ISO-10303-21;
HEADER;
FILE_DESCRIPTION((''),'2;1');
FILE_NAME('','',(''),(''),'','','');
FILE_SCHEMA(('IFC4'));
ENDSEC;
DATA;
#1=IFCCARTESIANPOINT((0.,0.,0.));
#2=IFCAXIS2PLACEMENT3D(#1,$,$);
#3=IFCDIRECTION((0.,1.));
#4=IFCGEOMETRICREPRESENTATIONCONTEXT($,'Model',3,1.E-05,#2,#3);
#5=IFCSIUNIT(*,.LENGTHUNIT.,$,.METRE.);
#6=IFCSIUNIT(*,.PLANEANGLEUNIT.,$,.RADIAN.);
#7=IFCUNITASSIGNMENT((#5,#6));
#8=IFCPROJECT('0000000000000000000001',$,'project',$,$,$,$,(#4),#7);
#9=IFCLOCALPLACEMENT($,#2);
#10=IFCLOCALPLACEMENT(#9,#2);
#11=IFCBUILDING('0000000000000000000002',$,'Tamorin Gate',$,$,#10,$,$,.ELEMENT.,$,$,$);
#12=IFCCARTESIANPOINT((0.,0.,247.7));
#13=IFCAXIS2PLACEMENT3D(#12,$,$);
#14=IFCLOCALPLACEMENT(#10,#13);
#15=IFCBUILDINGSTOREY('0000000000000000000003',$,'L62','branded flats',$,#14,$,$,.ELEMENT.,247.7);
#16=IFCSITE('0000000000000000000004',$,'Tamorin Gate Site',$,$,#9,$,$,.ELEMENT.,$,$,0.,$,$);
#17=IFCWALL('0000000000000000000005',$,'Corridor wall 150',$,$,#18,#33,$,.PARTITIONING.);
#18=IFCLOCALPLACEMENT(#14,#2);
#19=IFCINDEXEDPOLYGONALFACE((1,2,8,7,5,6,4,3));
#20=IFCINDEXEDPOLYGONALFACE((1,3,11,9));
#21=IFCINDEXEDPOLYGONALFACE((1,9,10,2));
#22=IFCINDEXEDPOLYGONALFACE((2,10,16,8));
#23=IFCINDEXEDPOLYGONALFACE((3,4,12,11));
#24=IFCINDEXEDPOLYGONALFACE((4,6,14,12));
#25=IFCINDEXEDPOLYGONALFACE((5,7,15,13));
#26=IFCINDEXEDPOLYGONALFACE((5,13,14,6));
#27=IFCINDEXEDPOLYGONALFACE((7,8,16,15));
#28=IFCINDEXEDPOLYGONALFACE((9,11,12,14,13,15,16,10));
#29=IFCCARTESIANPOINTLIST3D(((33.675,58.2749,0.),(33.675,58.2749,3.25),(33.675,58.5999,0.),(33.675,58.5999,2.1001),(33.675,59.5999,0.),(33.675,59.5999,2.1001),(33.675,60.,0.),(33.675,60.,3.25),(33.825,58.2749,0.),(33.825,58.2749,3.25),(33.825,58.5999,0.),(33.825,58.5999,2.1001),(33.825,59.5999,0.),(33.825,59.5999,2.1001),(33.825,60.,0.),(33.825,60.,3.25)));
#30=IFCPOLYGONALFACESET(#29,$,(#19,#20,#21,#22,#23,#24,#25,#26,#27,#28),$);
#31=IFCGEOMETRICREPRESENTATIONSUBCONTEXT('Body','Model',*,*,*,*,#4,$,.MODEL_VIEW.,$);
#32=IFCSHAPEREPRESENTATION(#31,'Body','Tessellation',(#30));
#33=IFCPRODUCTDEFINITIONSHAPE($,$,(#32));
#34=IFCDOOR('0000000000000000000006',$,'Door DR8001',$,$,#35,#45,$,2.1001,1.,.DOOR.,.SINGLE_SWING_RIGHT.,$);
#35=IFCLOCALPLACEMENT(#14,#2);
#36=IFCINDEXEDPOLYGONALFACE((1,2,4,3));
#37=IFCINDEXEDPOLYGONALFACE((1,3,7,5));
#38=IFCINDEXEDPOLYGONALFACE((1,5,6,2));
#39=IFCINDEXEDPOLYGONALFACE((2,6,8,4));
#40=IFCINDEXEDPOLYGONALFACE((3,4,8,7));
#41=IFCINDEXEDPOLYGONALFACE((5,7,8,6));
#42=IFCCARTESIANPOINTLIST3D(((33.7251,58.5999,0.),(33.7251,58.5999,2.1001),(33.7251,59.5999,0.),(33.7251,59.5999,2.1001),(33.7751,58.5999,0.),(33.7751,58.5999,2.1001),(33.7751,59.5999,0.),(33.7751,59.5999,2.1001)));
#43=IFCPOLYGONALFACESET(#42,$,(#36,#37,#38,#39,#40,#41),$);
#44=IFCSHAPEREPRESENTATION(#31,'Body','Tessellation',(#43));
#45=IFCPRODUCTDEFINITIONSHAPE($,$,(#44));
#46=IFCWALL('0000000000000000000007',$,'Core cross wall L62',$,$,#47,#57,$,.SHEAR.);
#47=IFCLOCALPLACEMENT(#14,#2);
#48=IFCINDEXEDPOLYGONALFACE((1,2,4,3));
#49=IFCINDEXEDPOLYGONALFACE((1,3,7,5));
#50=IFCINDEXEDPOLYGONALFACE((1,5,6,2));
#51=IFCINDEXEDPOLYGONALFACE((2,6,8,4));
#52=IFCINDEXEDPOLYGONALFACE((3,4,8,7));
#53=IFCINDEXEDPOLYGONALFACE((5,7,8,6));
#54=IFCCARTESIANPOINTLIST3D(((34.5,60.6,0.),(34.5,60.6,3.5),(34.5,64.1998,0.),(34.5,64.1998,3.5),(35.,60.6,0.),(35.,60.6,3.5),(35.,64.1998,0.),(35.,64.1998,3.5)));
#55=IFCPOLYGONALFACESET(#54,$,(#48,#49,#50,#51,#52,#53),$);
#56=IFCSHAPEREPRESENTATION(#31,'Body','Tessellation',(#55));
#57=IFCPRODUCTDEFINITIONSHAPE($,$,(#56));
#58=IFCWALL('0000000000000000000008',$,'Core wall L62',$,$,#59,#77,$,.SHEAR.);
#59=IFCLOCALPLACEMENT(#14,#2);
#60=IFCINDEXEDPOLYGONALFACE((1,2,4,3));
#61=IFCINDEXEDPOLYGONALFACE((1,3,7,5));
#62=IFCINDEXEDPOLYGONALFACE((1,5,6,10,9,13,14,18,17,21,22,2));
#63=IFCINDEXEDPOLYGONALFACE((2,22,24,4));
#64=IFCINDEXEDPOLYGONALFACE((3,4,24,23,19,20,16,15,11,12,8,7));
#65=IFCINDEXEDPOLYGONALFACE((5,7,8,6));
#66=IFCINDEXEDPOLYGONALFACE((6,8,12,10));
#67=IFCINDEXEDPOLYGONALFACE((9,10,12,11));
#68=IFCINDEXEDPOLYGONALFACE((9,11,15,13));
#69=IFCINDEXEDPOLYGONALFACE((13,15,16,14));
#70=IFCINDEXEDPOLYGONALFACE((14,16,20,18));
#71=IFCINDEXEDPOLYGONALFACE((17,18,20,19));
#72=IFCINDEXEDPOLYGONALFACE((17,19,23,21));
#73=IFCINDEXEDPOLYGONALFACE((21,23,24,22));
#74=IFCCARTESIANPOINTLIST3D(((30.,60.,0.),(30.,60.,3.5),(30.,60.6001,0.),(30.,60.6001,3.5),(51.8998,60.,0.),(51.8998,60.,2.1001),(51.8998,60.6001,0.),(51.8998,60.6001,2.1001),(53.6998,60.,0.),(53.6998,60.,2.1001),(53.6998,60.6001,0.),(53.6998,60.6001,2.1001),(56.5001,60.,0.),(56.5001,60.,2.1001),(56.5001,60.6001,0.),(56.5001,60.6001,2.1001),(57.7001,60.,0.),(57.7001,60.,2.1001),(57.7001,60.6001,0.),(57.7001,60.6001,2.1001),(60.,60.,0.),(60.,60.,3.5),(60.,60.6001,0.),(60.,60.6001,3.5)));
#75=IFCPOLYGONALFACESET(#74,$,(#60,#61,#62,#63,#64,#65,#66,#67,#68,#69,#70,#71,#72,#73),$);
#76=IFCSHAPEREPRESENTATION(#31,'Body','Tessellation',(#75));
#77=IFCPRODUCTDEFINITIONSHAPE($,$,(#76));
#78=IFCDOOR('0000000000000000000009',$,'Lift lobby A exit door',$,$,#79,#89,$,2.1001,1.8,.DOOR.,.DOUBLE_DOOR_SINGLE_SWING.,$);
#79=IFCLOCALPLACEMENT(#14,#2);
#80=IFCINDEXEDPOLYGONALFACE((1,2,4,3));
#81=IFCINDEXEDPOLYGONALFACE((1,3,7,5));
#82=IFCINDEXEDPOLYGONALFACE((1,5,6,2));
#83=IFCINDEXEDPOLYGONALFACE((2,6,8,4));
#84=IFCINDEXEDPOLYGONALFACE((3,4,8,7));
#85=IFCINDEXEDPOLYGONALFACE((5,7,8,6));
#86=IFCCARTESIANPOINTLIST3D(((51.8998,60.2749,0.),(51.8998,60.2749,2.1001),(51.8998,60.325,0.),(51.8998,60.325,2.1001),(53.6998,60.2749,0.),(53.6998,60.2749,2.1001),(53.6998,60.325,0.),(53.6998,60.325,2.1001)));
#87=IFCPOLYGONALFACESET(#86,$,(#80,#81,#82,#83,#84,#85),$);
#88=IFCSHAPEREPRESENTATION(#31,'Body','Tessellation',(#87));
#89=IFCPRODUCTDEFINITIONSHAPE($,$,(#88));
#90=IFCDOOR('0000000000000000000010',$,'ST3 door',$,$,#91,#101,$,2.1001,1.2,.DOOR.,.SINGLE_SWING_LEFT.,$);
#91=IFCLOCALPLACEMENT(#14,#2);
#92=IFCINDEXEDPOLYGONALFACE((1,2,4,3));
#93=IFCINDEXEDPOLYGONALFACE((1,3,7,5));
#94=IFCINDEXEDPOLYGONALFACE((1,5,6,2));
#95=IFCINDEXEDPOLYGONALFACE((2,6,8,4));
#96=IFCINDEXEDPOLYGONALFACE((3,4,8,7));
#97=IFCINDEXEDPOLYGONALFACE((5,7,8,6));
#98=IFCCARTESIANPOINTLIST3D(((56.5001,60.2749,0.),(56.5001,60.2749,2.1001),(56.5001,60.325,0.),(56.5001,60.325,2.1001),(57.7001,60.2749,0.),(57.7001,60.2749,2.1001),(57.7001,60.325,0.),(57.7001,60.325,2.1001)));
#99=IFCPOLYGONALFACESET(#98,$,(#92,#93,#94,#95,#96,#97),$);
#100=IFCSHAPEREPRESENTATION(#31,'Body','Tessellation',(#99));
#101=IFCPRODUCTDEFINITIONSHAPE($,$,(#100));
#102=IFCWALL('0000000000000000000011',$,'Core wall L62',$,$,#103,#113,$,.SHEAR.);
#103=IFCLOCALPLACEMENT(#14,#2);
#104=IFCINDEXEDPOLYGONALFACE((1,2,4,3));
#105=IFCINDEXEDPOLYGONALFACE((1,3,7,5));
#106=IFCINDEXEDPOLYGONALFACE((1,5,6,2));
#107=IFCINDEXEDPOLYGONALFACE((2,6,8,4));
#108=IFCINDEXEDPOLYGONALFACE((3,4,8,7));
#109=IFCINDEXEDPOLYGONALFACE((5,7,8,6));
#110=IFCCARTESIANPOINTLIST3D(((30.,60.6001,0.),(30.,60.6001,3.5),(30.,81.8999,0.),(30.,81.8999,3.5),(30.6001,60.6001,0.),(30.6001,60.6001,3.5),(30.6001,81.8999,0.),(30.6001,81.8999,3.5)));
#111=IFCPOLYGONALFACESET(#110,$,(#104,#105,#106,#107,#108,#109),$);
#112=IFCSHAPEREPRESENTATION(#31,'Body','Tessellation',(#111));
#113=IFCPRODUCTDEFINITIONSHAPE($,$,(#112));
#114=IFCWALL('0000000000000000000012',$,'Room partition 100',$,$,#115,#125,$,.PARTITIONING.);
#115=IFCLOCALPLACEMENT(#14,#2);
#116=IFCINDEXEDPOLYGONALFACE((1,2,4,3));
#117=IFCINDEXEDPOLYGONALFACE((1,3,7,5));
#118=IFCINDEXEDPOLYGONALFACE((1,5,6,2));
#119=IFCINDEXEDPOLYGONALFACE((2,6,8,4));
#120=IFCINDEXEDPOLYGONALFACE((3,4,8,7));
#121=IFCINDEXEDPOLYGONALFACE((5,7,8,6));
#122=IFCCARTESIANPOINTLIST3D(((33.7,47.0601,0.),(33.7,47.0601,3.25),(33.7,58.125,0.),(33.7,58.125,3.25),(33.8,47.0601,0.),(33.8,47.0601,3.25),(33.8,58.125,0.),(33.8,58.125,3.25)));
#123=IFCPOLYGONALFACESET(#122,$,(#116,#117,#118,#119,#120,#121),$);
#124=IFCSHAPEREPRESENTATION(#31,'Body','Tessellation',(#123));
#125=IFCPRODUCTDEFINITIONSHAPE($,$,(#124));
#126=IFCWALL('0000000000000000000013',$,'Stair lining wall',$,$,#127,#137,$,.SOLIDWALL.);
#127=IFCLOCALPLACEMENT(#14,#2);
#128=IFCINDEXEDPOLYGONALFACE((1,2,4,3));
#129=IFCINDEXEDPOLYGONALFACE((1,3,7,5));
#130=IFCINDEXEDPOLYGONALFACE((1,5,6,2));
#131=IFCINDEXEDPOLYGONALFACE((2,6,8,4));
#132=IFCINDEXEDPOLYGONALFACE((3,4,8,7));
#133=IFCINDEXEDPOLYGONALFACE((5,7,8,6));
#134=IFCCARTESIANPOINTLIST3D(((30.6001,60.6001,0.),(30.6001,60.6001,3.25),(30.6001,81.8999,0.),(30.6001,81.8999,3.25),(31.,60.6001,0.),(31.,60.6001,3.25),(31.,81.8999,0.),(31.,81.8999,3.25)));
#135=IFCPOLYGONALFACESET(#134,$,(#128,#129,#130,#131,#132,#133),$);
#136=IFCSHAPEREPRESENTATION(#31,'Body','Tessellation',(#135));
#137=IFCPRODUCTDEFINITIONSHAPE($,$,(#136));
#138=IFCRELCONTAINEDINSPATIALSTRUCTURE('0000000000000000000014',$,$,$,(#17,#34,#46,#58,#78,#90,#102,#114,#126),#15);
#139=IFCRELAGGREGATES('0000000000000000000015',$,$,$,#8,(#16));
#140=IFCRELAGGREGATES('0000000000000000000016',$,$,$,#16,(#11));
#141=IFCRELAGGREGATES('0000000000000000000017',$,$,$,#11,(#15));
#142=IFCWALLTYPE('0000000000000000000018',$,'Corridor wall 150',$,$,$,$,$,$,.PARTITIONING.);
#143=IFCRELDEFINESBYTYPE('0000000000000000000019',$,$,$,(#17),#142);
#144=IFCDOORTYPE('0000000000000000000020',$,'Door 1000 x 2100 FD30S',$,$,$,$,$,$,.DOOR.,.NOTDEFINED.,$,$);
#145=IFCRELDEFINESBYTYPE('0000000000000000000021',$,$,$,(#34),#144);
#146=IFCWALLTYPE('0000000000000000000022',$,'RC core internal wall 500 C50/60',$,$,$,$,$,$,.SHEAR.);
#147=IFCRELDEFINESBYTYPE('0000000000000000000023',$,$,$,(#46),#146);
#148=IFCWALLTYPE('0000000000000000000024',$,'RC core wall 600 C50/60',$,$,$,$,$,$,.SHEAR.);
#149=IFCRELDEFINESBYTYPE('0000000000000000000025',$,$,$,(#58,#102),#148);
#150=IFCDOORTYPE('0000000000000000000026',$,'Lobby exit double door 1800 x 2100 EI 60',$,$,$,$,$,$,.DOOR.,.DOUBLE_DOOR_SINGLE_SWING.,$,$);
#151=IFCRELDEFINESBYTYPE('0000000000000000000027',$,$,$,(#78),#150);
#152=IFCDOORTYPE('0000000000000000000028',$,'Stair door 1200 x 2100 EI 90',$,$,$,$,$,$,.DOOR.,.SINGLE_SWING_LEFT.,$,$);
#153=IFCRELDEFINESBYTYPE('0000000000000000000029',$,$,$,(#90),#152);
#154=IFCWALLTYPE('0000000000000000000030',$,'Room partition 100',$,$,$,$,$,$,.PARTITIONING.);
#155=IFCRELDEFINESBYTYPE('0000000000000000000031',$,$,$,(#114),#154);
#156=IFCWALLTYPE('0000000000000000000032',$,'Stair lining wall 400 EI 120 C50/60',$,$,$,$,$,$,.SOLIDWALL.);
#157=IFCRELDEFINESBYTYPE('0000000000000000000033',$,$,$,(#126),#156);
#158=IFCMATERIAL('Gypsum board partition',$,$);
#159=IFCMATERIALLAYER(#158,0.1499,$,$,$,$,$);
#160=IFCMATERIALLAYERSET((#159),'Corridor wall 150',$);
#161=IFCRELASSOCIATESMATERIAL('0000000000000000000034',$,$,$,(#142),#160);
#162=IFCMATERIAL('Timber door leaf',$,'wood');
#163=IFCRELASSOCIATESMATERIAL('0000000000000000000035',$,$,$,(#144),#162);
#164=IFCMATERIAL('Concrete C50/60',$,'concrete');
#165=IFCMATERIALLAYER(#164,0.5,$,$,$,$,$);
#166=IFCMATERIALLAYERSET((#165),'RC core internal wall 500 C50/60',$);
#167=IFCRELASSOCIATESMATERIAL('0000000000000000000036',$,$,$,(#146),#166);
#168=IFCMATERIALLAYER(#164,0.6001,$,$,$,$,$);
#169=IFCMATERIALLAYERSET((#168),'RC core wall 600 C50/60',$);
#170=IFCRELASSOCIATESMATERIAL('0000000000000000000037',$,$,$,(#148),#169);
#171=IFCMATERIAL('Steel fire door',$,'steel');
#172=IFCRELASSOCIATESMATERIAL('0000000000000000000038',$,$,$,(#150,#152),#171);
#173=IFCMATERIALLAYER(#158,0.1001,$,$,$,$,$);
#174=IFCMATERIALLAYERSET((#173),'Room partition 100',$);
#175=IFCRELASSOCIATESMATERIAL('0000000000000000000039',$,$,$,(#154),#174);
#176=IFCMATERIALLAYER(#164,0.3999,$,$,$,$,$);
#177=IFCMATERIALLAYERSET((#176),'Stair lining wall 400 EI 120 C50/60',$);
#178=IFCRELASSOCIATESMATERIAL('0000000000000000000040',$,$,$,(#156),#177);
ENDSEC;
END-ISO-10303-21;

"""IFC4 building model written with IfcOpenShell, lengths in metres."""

from ifc_helpers import new_model, si_unit, direction, frame, frame_2d, origin, place, context, subcontext, project, spatial, rectangle, extrude, material, layer, layer_set, type_object, element, fill, save


model = new_model("IFC4")

# Units and contexts
model_context = context("Model", 3, precision=1e-05, world=origin(), true_north=direction((0.0, 1.0)))
body_context = subcontext(model_context, "Body", "Model", "MODEL_VIEW")
ifc_project = project(units=[si_unit("LENGTHUNIT", "METRE"), si_unit("PLANEANGLEUNIT", "RADIAN")], contexts=[model_context])

# Site, building, storey
site_placement = place(None, origin())
site = spatial("IfcSite", under=ifc_project, at=site_placement, Name="Tamorin Gate Site", CompositionType="ELEMENT", RefElevation=0.0)
building_placement = place(site_placement, origin())
building = spatial("IfcBuilding", under=site, at=building_placement, Name="Tamorin Gate", CompositionType="ELEMENT")
storey_placement = place(building_placement, frame((0.0, 0.0, 247.7)))
storey = spatial("IfcBuildingStorey", under=building, at=storey_placement, Name="L62", Description="branded flats", CompositionType="ELEMENT", Elevation=247.7)

# Shared definitions
ifc_material_1 = material(Name="Concrete C50/60", Category="concrete")

# Shared definitions
ifc_material_2 = material(Name="Gypsum board partition")
ifc_layer_1 = layer(ifc_material_2, 0.1499)
ifc_layer_set_1 = layer_set([ifc_layer_1], Name="Corridor wall 150")
wall_type_1 = type_object("IfcWallType", Name="Corridor wall 150", PredefinedType="PARTITIONING", material=ifc_layer_set_1)
ifc_material_3 = material(Name="Timber door leaf", Category="wood")
door_type_1 = type_object("IfcDoorType", Name="Door 1000 x 2100 FD30S", OperationType="NOTDEFINED", PredefinedType="DOOR", material=ifc_material_3)

# Wall, opening, door
wall_1_placement = place(storey_placement, frame((33.75, 58.2749, 0.0), z_axis=(0.0, 0.0, 1.0), x_axis=(0.0, 1.0, 0.0)))
wall_1 = element("IfcWall", 1, at=wall_1_placement, inside=storey, type_object=wall_type_1, Name="Corridor wall 150", PredefinedType="PARTITIONING", context=body_context, shape_type="SweptSolid", body=[
    extrude(rectangle(XDim=1.7251, YDim=0.1499, at=frame_2d((0.8625, 0.0))), origin(), (0.0, 0.0, 1.0), 3.25),
])
opening_1_placement = place(wall_1_placement, frame((0.325, 0.0, 0.0)))
opening_1 = element("IfcOpeningElement", 2, at=opening_1_placement, cuts=wall_1, PredefinedType="OPENING", context=body_context, shape_type="SweptSolid", body=[
    extrude(rectangle(XDim=1.0, YDim=2.1001, at=frame_2d((0.5, 1.05))), frame((0.0, 0.085, 0.0), z_axis=(0.0, -1.0, 0.0), x_axis=(1.0, 0.0, 0.0)), (0.0, 0.0, 1.0), 0.1699),
])
door_1_placement = place(opening_1_placement, origin())
door_1 = element("IfcDoor", 3, at=door_1_placement, inside=storey, type_object=door_type_1, Name="Door DR8001", OperationType="SINGLE_SWING_RIGHT", OverallHeight=2.1001, OverallWidth=1.0, PredefinedType="DOOR", context=body_context, shape_type="SweptSolid", body=[
    extrude(rectangle(XDim=1.0, YDim=2.1001, at=frame_2d((0.5, 1.05))), frame((0.0, 0.0249, 0.0), z_axis=(0.0, -1.0, 0.0), x_axis=(1.0, 0.0, 0.0)), (0.0, 0.0, 1.0), 0.05),
])
fill(opening_1, door_1)

# Wall
ifc_layer_2 = layer(ifc_material_1, 0.5)
ifc_layer_set_2 = layer_set([ifc_layer_2], Name="RC core internal wall 500 C50/60")
wall_type_2 = type_object("IfcWallType", Name="RC core internal wall 500 C50/60", PredefinedType="SHEAR", material=ifc_layer_set_2)
wall_2_placement = place(storey_placement, frame((34.75, 60.6001, 0.0), z_axis=(0.0, 0.0, 1.0), x_axis=(0.0, 1.0, 0.0)))
element("IfcWall", 4, at=wall_2_placement, inside=storey, type_object=wall_type_2, Name="Core cross wall L62", PredefinedType="SHEAR", context=body_context, shape_type="SweptSolid", body=[
    extrude(rectangle(XDim=3.5999, YDim=0.5, at=frame_2d((1.7998, 0.0))), origin(), (0.0, 0.0, 1.0), 3.5),
])

# Wall, openings, doors
ifc_layer_3 = layer(ifc_material_1, 0.6001)
ifc_layer_set_3 = layer_set([ifc_layer_3], Name="RC core wall 600 C50/60")
wall_type_3 = type_object("IfcWallType", Name="RC core wall 600 C50/60", PredefinedType="SHEAR", material=ifc_layer_set_3)
wall_3_placement = place(storey_placement, frame((30.0, 60.3, 0.0), z_axis=(0.0, 0.0, 1.0), x_axis=(1.0, 0.0, 0.0)))
wall_3 = element("IfcWall", 5, at=wall_3_placement, inside=storey, type_object=wall_type_3, Name="Core wall L62", PredefinedType="SHEAR", context=body_context, shape_type="SweptSolid", body=[
    extrude(rectangle(XDim=30.0, YDim=0.6001, at=frame_2d((15.0, 0.0))), origin(), (0.0, 0.0, 1.0), 3.5),
])
opening_2_placement = place(wall_3_placement, frame((21.8999, 0.0, 0.0)))
opening_2 = element("IfcOpeningElement", 6, at=opening_2_placement, cuts=wall_3, PredefinedType="OPENING", context=body_context, shape_type="SweptSolid", body=[
    extrude(rectangle(XDim=1.8, YDim=2.1001, at=frame_2d((0.8999, 1.05))), frame((0.0, 0.3101, 0.0), z_axis=(0.0, -1.0, 0.0), x_axis=(1.0, 0.0, 0.0)), (0.0, 0.0, 1.0), 0.6201),
])
opening_3_placement = place(wall_3_placement, frame((26.5, 0.0, 0.0)))
opening_3 = element("IfcOpeningElement", 7, at=opening_3_placement, cuts=wall_3, PredefinedType="OPENING", context=body_context, shape_type="SweptSolid", body=[
    extrude(rectangle(XDim=1.2, YDim=2.1001, at=frame_2d((0.6001, 1.05))), frame((0.0, 0.3101, 0.0), z_axis=(0.0, -1.0, 0.0), x_axis=(1.0, 0.0, 0.0)), (0.0, 0.0, 1.0), 0.6201),
])
ifc_material_4 = material(Name="Steel fire door", Category="steel")
door_type_2 = type_object("IfcDoorType", Name="Lobby exit double door 1800 x 2100 EI 60", OperationType="DOUBLE_DOOR_SINGLE_SWING", PredefinedType="DOOR", material=ifc_material_4)
door_2_placement = place(opening_2_placement, origin())
door_2 = element("IfcDoor", 8, at=door_2_placement, inside=storey, type_object=door_type_2, Name="Lift lobby A exit door", OperationType="DOUBLE_DOOR_SINGLE_SWING", OverallHeight=2.1001, OverallWidth=1.8, PredefinedType="DOOR", context=body_context, shape_type="SweptSolid", body=[
    extrude(rectangle(XDim=1.8, YDim=2.1001, at=frame_2d((0.8999, 1.05))), frame((0.0, 0.0249, 0.0), z_axis=(0.0, -1.0, 0.0), x_axis=(1.0, 0.0, 0.0)), (0.0, 0.0, 1.0), 0.05),
])
fill(opening_2, door_2)
door_type_3 = type_object("IfcDoorType", Name="Stair door 1200 x 2100 EI 90", OperationType="SINGLE_SWING_LEFT", PredefinedType="DOOR", material=ifc_material_4)
door_3_placement = place(opening_3_placement, origin())
door_3 = element("IfcDoor", 9, at=door_3_placement, inside=storey, type_object=door_type_3, Name="ST3 door", OperationType="SINGLE_SWING_LEFT", OverallHeight=2.1001, OverallWidth=1.2, PredefinedType="DOOR", context=body_context, shape_type="SweptSolid", body=[
    extrude(rectangle(XDim=1.2, YDim=2.1001, at=frame_2d((0.6001, 1.05))), frame((0.0, 0.0249, 0.0), z_axis=(0.0, -1.0, 0.0), x_axis=(1.0, 0.0, 0.0)), (0.0, 0.0, 1.0), 0.05),
])
fill(opening_3, door_3)

# Walls
wall_4_placement = place(storey_placement, frame((30.3, 60.6001, 0.0), z_axis=(0.0, 0.0, 1.0), x_axis=(0.0, 1.0, 0.0)))
element("IfcWall", 10, at=wall_4_placement, inside=storey, type_object=wall_type_3, Name="Core wall L62", PredefinedType="SHEAR", context=body_context, shape_type="SweptSolid", body=[
    extrude(rectangle(XDim=21.2998, YDim=0.6001, at=frame_2d((10.6499, 0.0))), origin(), (0.0, 0.0, 1.0), 3.5),
])
ifc_layer_4 = layer(ifc_material_2, 0.1001)
ifc_layer_set_4 = layer_set([ifc_layer_4], Name="Room partition 100")
wall_type_4 = type_object("IfcWallType", Name="Room partition 100", PredefinedType="PARTITIONING", material=ifc_layer_set_4)
wall_5_placement = place(storey_placement, frame((33.75, 47.0601, 0.0), z_axis=(0.0, 0.0, 1.0), x_axis=(0.0, 1.0, 0.0)))
element("IfcWall", 11, at=wall_5_placement, inside=storey, type_object=wall_type_4, Name="Room partition 100", PredefinedType="PARTITIONING", context=body_context, shape_type="SweptSolid", body=[
    extrude(rectangle(XDim=11.0649, YDim=0.1001, at=frame_2d((5.5325, 0.0))), origin(), (0.0, 0.0, 1.0), 3.25),
])
ifc_layer_5 = layer(ifc_material_1, 0.3999)
ifc_layer_set_5 = layer_set([ifc_layer_5], Name="Stair lining wall 400 EI 120 C50/60")
wall_type_5 = type_object("IfcWallType", Name="Stair lining wall 400 EI 120 C50/60", PredefinedType="SOLIDWALL", material=ifc_layer_set_5)
wall_6_placement = place(storey_placement, frame((30.8, 60.6001, 0.0), z_axis=(0.0, 0.0, 1.0), x_axis=(0.0, 1.0, 0.0)))
element("IfcWall", 12, at=wall_6_placement, inside=storey, type_object=wall_type_5, Name="Stair lining wall", PredefinedType="SOLIDWALL", context=body_context, shape_type="SweptSolid", body=[
    extrude(rectangle(XDim=21.2998, YDim=0.3999, at=frame_2d((10.6499, 0.0))), origin(), (0.0, 0.0, 1.0), 3.25),
])

save(model, "model.ifc")
